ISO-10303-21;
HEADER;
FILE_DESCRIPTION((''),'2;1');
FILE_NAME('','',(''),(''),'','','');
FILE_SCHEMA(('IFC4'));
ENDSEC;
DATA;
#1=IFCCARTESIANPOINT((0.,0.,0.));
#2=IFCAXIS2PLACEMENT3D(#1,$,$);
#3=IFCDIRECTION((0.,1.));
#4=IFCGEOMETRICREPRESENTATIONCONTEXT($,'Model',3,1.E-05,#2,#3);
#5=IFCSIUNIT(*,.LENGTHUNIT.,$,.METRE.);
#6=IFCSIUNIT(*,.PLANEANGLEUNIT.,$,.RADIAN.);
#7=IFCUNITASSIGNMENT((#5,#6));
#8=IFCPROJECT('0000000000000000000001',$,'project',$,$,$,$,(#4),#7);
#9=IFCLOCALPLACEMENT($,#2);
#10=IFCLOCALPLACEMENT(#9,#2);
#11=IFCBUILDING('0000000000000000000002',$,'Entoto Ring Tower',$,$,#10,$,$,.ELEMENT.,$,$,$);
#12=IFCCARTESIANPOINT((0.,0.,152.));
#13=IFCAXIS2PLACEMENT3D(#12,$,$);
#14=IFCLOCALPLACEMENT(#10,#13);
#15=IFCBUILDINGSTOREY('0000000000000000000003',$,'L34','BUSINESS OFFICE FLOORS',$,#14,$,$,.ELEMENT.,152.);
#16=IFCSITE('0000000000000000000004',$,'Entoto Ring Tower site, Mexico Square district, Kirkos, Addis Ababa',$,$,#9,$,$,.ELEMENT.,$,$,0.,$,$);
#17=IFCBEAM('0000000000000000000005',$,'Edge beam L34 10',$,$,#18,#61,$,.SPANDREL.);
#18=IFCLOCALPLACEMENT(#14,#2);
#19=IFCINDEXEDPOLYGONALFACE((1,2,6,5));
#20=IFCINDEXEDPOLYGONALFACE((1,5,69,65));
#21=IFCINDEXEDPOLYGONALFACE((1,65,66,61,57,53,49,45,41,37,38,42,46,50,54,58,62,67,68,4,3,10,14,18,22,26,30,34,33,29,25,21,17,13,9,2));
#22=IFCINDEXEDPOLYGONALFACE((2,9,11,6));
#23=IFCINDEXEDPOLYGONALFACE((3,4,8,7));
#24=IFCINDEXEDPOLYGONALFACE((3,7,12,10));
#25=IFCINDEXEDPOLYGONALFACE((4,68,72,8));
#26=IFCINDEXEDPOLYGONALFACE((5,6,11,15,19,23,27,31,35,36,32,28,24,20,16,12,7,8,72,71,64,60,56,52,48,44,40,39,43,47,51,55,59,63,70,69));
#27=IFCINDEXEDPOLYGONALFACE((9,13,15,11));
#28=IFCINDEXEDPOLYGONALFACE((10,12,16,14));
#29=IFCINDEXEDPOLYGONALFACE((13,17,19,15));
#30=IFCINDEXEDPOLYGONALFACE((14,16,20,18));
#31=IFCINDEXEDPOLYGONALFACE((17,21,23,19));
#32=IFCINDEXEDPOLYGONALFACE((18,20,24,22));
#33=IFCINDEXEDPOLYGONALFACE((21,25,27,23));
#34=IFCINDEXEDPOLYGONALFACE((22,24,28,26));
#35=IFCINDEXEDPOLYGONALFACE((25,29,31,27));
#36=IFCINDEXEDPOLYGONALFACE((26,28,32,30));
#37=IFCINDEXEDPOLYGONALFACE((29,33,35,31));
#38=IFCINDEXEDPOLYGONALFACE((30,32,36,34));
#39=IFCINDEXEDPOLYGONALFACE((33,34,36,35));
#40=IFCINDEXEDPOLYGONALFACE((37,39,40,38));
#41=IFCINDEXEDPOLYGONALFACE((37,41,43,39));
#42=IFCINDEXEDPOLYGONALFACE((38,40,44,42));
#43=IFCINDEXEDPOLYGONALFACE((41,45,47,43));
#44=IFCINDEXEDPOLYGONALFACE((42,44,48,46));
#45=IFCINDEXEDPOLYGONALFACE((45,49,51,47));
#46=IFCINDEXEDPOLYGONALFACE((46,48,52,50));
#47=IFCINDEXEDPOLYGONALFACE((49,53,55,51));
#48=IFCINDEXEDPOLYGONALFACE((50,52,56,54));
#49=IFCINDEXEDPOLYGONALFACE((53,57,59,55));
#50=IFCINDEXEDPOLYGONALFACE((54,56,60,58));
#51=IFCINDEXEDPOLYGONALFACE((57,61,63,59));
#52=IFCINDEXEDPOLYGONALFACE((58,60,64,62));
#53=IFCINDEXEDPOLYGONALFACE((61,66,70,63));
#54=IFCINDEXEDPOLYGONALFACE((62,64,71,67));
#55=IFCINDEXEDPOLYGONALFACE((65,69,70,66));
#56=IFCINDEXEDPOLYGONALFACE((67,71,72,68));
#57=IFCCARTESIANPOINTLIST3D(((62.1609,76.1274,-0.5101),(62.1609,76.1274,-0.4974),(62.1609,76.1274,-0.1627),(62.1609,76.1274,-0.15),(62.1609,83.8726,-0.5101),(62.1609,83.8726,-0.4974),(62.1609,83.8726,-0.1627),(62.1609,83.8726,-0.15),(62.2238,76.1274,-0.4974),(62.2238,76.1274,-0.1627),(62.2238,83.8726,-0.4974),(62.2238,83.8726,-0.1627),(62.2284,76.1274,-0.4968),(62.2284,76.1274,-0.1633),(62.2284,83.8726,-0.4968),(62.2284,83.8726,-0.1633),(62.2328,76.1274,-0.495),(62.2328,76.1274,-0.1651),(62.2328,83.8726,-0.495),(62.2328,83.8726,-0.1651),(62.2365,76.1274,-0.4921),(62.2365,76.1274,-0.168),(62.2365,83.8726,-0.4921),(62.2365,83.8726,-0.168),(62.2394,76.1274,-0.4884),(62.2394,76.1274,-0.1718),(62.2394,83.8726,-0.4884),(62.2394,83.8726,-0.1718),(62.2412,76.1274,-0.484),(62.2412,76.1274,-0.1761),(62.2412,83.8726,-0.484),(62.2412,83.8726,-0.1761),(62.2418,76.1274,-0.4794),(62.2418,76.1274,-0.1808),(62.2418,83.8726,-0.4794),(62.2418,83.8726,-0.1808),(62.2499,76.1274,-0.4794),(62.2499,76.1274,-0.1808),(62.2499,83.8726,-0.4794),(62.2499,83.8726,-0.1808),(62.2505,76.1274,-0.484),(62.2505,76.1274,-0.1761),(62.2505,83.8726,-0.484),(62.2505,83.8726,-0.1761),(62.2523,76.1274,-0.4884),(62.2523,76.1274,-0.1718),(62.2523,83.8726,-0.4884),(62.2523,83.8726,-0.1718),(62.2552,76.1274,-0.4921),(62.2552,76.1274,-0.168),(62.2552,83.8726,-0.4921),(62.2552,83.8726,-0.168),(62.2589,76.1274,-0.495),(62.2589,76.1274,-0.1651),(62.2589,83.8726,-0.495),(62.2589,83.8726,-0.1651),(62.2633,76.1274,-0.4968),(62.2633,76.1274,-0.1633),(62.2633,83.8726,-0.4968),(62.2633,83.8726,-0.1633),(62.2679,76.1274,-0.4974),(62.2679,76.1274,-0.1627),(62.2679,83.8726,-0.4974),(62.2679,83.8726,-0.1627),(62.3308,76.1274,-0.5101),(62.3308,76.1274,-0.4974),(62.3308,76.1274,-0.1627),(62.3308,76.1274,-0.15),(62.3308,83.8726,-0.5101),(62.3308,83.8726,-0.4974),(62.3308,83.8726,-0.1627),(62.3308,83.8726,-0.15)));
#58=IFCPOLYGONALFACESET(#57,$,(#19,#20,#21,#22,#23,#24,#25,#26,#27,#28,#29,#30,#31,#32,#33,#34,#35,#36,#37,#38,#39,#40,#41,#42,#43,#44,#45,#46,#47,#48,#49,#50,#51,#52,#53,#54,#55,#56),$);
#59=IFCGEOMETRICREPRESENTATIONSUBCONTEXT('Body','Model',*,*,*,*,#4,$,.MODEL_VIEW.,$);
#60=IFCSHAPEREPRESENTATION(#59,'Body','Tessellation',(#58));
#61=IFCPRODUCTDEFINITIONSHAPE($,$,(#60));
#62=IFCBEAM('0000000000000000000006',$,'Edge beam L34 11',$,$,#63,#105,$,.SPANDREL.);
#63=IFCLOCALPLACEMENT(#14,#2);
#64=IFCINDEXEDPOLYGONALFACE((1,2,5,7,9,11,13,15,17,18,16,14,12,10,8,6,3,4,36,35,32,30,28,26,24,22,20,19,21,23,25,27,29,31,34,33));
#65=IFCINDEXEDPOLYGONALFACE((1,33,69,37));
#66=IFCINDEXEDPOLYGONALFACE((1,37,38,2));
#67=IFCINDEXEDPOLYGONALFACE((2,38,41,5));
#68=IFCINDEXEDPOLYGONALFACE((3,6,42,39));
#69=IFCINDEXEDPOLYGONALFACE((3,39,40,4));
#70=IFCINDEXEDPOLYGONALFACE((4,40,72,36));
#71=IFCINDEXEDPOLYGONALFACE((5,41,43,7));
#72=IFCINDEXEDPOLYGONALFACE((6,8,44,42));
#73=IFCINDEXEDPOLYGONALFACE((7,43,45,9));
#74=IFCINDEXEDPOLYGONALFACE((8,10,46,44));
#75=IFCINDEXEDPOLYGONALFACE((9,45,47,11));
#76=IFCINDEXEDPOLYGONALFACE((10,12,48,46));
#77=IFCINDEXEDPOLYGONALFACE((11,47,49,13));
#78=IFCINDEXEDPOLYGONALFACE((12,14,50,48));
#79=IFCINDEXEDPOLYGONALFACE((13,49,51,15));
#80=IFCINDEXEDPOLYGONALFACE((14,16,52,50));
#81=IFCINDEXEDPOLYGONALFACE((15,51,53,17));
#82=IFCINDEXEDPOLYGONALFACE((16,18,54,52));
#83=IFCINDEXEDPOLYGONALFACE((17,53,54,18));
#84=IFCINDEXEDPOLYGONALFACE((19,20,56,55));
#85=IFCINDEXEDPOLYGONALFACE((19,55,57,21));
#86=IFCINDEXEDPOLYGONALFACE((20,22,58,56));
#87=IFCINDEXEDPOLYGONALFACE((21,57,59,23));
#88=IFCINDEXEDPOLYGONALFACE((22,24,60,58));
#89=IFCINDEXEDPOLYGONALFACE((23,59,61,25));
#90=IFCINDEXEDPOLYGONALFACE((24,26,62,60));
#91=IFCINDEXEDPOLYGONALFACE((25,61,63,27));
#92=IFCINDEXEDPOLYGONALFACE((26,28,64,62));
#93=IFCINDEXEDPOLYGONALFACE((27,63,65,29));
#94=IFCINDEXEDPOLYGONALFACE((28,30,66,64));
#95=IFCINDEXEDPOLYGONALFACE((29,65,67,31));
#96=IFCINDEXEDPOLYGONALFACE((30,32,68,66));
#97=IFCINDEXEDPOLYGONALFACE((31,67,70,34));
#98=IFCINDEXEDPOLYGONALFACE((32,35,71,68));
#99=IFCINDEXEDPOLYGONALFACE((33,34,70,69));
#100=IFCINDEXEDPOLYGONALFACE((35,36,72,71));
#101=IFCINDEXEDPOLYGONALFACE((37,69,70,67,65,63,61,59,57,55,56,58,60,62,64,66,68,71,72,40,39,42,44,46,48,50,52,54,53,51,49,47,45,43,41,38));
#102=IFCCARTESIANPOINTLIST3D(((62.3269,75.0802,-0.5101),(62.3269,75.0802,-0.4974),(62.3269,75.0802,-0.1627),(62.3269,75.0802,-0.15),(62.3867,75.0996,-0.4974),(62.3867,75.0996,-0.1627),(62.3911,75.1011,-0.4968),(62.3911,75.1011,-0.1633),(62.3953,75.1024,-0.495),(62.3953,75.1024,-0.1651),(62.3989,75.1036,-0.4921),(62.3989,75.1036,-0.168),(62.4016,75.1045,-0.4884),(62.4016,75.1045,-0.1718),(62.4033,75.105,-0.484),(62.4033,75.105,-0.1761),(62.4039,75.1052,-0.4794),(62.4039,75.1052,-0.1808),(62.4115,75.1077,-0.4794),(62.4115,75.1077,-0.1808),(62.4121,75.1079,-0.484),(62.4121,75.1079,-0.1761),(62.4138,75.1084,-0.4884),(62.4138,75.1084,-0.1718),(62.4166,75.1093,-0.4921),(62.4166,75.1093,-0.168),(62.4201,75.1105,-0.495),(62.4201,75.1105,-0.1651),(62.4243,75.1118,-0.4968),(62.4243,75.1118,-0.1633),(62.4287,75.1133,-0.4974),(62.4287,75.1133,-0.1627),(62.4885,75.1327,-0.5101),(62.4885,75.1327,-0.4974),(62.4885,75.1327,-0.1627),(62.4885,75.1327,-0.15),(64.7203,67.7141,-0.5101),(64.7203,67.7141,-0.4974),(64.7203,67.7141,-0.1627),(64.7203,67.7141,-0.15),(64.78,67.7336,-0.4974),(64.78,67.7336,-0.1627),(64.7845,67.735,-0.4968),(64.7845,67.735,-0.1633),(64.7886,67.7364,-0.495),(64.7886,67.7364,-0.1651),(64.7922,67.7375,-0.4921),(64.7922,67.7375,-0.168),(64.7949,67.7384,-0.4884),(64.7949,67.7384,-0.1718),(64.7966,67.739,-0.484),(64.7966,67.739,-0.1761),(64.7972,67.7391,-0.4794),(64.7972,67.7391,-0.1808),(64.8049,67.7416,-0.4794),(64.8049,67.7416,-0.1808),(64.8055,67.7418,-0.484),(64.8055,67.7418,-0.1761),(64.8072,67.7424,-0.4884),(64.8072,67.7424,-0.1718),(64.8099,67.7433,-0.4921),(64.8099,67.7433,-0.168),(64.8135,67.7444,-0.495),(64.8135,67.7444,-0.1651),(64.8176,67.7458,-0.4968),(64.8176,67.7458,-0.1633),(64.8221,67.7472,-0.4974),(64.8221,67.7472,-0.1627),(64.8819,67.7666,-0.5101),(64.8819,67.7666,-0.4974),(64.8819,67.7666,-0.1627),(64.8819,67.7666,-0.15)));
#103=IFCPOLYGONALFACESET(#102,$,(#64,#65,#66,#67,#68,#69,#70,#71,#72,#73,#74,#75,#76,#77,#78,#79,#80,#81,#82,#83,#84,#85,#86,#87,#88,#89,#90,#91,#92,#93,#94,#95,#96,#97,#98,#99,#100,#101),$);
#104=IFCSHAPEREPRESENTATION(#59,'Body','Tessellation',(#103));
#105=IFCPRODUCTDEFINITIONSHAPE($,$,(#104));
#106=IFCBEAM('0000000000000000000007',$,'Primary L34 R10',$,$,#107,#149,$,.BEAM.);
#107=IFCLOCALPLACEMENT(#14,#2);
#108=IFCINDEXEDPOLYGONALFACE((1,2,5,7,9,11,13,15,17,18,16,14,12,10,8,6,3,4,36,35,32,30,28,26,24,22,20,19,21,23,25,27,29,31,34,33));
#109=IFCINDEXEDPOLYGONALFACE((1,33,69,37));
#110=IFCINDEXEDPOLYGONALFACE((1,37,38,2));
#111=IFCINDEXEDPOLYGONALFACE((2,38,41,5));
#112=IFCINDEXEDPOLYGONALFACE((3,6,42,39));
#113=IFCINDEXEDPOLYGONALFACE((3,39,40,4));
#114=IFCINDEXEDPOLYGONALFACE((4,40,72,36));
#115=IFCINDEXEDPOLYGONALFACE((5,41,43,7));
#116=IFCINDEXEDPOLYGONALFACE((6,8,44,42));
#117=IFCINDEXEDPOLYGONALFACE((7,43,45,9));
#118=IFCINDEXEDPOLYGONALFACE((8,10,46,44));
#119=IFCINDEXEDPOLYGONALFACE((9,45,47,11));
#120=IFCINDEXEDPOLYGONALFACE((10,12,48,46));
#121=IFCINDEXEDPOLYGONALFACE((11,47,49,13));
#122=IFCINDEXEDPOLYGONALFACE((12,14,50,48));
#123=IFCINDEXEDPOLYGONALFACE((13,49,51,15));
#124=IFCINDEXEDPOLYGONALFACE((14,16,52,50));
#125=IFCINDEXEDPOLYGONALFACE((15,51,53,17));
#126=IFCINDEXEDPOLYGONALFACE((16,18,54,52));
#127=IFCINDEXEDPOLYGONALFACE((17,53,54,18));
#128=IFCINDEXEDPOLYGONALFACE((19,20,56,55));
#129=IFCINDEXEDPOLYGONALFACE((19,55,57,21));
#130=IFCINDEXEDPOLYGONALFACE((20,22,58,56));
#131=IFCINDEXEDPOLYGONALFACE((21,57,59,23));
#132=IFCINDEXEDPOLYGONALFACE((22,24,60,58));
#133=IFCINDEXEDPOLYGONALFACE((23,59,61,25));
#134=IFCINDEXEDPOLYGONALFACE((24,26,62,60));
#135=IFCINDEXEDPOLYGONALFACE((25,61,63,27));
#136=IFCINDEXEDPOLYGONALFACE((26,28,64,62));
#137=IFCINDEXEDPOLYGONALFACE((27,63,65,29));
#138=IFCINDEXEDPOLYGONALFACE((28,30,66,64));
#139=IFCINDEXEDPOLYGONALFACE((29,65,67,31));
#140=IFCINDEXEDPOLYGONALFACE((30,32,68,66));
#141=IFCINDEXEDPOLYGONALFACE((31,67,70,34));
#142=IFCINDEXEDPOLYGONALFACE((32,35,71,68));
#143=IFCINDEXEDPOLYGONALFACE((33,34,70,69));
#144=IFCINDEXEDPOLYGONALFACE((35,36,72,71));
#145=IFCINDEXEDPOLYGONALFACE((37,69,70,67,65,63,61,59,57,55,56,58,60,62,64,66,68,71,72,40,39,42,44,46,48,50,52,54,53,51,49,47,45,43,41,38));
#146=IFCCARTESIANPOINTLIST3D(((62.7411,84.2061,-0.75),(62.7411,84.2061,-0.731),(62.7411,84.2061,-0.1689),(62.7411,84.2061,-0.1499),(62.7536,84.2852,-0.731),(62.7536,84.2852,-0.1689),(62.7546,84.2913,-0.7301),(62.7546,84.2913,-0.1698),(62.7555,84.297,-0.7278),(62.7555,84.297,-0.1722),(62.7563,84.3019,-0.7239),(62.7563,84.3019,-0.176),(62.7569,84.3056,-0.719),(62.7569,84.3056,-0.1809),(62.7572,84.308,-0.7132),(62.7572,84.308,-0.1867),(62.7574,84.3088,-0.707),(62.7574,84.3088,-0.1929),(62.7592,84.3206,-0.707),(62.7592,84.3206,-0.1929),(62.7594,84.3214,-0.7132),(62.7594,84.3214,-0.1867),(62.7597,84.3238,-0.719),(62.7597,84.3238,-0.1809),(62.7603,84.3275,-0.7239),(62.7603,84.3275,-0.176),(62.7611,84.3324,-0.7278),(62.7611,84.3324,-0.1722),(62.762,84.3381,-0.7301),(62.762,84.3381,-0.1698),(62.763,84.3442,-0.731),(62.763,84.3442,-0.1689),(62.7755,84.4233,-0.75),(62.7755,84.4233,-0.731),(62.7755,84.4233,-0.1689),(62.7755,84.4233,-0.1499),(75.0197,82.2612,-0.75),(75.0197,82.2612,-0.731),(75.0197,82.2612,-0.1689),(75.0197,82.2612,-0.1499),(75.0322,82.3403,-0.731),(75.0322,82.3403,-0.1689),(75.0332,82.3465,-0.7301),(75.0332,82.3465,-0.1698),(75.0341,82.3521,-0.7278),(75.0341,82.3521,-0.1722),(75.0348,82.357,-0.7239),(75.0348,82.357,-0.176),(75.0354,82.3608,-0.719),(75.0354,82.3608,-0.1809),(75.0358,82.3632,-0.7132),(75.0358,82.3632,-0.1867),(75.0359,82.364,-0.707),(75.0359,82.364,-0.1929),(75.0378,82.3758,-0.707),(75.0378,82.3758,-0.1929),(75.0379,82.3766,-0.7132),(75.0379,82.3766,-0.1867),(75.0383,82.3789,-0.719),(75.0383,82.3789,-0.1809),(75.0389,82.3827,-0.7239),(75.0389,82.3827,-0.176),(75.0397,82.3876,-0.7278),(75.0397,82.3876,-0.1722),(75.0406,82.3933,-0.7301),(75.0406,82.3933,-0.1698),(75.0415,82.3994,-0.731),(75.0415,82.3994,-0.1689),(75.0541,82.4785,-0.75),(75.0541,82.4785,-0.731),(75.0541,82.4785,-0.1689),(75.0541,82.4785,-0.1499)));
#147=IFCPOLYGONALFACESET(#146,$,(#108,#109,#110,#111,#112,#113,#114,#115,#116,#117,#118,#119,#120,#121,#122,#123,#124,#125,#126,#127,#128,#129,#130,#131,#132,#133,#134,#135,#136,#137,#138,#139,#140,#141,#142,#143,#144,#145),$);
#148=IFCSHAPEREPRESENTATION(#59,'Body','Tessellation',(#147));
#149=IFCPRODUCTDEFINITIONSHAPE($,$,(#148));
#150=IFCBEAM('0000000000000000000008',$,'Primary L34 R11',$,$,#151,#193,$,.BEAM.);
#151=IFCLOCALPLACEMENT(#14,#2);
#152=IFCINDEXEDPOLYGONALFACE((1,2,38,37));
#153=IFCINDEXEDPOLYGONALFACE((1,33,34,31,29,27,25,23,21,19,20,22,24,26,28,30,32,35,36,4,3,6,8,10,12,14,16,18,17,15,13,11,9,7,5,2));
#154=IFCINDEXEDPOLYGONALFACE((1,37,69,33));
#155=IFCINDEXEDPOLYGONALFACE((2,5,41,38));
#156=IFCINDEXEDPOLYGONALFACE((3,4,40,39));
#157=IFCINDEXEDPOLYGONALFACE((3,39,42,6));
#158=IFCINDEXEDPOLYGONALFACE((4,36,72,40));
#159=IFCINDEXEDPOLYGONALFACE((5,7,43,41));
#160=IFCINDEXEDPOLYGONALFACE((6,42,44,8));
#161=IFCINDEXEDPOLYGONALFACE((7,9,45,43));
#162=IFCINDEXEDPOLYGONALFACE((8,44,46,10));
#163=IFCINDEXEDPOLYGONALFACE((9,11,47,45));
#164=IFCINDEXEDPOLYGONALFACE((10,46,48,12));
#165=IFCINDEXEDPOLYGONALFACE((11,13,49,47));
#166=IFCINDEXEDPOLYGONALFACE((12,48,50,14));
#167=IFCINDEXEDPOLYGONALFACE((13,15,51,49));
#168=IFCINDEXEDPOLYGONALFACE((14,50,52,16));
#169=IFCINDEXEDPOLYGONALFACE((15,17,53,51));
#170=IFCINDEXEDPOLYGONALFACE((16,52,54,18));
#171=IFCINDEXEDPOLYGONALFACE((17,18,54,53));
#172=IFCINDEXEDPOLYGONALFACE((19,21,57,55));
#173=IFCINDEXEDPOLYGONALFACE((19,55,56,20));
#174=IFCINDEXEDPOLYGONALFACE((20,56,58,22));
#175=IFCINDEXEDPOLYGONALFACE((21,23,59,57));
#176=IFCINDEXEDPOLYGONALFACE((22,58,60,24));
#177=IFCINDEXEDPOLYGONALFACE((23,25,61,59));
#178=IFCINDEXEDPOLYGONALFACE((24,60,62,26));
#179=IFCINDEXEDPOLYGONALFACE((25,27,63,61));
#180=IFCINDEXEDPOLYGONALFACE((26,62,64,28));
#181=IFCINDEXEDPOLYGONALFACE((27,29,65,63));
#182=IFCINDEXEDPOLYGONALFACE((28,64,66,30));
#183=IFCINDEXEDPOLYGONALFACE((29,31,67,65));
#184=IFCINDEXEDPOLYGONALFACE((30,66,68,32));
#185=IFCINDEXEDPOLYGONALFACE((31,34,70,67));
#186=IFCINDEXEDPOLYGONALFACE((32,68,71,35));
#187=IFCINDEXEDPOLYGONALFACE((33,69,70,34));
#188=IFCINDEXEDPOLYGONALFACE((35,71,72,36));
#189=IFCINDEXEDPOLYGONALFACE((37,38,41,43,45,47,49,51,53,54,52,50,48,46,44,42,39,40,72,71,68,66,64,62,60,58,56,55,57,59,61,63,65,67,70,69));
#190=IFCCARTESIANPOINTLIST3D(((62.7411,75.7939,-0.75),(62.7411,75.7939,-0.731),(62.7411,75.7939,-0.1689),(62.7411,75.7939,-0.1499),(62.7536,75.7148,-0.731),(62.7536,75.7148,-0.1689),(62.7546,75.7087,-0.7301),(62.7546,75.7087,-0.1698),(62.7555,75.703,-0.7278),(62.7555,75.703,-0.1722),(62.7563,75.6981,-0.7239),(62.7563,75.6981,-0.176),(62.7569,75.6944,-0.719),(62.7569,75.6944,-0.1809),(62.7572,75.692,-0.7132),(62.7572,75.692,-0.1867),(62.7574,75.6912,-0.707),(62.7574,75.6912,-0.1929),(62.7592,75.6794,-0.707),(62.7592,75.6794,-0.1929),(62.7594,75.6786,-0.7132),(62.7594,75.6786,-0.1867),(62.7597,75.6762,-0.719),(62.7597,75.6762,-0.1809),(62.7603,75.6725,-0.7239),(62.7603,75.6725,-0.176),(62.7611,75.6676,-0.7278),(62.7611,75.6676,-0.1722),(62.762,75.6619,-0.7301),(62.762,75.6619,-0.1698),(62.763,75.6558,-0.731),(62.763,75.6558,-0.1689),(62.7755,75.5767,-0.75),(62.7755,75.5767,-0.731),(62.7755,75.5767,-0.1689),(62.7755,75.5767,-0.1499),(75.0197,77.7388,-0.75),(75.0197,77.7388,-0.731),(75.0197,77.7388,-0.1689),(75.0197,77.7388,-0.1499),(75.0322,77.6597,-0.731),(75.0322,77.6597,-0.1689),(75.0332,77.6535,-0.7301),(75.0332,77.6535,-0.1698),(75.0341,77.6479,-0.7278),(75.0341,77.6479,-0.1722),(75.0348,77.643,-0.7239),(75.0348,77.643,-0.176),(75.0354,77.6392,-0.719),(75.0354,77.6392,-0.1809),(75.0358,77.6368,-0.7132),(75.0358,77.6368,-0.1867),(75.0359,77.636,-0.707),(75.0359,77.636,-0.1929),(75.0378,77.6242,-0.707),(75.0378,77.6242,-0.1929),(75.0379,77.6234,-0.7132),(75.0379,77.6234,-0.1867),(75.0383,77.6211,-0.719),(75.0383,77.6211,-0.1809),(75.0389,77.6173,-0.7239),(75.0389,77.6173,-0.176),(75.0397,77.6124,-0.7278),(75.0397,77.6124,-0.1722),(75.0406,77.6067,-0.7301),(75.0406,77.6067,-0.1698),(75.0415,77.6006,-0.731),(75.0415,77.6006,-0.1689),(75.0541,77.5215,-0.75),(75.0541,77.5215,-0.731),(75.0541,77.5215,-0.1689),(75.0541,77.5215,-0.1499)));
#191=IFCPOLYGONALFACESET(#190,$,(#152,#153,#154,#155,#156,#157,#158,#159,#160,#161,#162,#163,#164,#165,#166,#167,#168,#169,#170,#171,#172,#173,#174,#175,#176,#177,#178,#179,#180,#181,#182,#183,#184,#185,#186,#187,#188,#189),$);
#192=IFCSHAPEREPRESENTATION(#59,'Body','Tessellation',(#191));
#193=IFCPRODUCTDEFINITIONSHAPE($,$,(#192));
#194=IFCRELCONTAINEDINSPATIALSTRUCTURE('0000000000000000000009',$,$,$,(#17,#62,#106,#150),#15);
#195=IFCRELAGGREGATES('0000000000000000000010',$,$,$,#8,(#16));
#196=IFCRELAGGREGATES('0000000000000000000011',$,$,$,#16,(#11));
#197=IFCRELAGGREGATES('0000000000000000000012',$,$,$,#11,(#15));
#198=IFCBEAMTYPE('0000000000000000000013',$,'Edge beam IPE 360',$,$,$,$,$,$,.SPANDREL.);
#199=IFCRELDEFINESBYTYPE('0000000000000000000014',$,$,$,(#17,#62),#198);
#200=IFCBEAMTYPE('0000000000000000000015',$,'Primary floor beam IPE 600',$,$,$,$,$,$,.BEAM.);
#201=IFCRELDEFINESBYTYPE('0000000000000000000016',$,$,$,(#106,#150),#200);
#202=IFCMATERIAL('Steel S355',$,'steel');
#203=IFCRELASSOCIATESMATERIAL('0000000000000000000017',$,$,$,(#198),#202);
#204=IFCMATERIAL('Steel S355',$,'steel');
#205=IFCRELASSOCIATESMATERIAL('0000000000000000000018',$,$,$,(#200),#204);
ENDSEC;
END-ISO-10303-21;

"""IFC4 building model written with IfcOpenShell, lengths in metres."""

from ifc_helpers import new_model, si_unit, direction, frame, origin, origin_2d, place, context, subcontext, project, spatial, i_section, extrude, material, material_profile, profile_set, type_object, element, save


model = new_model("IFC4")

# Units and contexts
model_context = context("Model", 3, precision=1e-05, world=origin(), true_north=direction((0.0, 1.0)))
body_context = subcontext(model_context, "Body", "Model", "MODEL_VIEW")
ifc_project = project(units=[si_unit("LENGTHUNIT", "METRE"), si_unit("PLANEANGLEUNIT", "RADIAN")], contexts=[model_context])

# Site, building, storey
site_placement = place(None, origin())
site = spatial("IfcSite", under=ifc_project, at=site_placement, Name="Entoto Ring Tower site, Mexico Square district, Kirkos, Addis Ababa", CompositionType="ELEMENT", RefElevation=0.0)
building_placement = place(site_placement, origin())
building = spatial("IfcBuilding", under=site, at=building_placement, Name="Entoto Ring Tower", CompositionType="ELEMENT")
storey_placement = place(building_placement, frame((0.0, 0.0, 152.0)))
storey = spatial("IfcBuildingStorey", under=building, at=storey_placement, Name="L34", Description="BUSINESS OFFICE FLOORS", CompositionType="ELEMENT", Elevation=152.0)

# Beams
ifc_material_1 = material(Name="Steel S355", Category="steel")
ifc_material_profile_1 = material_profile(ifc_material_1, i_section(OverallWidth=0.1699, OverallDepth=0.3601, WebThickness=0.0081, FlangeThickness=0.0127, FilletRadius=0.0181, at=origin_2d()), Name="IPE 360")
ifc_profile_set_1 = profile_set([ifc_material_profile_1], Name="Steel S355")
beam_type_1 = type_object("IfcBeamType", Name="Edge beam IPE 360", PredefinedType="SPANDREL", material=ifc_profile_set_1)
for number, where, z_axis, x_axis, name in (
    (1, (62.2458, 83.8726, -0.3301), (0.0, -1.0, 0.0), (1.0, 0.0, 0.0), "Edge beam L34 10"),
    (2, (62.4077, 75.1064, -0.3301), (0.309013, -0.951058, 0.0), (0.951058, 0.309013, 0.0), "Edge beam L34 11"),
):
    element("IfcBeam", number, at=place(storey_placement, frame(where, z_axis=z_axis, x_axis=x_axis)), inside=storey, type_object=beam_type_1, Name=name, PredefinedType="SPANDREL", context=body_context, shape_type="SweptSolid", body=[
        extrude(i_section(OverallWidth=0.1699, OverallDepth=0.3601, WebThickness=0.0081, FlangeThickness=0.0127, FilletRadius=0.0181, at=origin_2d()), origin(), (0.0, 0.0, 1.0), 7.7451),
    ])
ifc_material_2 = material(Name="Steel S355", Category="steel")
ifc_material_profile_2 = material_profile(ifc_material_2, i_section(OverallWidth=0.22, OverallDepth=0.6001, WebThickness=0.012, FlangeThickness=0.019, FilletRadius=0.0239, at=origin_2d()), Name="IPE 600")
ifc_profile_set_2 = profile_set([ifc_material_profile_2], Name="Steel S355")
beam_type_2 = type_object("IfcBeamType", Name="Primary floor beam IPE 600", PredefinedType="BEAM", material=ifc_profile_set_2)
for number, where, z_axis, x_axis, name in (
    (3, (75.0369, 82.3699, -0.45), (-0.987687, 0.156442, 0.0), (-0.156442, -0.987687, 0.0), "Primary L34 R10"),
    (4, (75.0369, 77.6301, -0.45), (-0.987687, -0.156442, 0.0), (0.156442, -0.987687, 0.0), "Primary L34 R11"),
):
    element("IfcBeam", number, at=place(storey_placement, frame(where, z_axis=z_axis, x_axis=x_axis)), inside=storey, type_object=beam_type_2, Name=name, PredefinedType="BEAM", context=body_context, shape_type="SweptSolid", body=[
        extrude(i_section(OverallWidth=0.22, OverallDepth=0.6001, WebThickness=0.012, FlangeThickness=0.019, FilletRadius=0.0239, at=origin_2d()), origin(), (0.0, 0.0, 1.0), 12.4316),
    ])

save(model, "model.ifc")
